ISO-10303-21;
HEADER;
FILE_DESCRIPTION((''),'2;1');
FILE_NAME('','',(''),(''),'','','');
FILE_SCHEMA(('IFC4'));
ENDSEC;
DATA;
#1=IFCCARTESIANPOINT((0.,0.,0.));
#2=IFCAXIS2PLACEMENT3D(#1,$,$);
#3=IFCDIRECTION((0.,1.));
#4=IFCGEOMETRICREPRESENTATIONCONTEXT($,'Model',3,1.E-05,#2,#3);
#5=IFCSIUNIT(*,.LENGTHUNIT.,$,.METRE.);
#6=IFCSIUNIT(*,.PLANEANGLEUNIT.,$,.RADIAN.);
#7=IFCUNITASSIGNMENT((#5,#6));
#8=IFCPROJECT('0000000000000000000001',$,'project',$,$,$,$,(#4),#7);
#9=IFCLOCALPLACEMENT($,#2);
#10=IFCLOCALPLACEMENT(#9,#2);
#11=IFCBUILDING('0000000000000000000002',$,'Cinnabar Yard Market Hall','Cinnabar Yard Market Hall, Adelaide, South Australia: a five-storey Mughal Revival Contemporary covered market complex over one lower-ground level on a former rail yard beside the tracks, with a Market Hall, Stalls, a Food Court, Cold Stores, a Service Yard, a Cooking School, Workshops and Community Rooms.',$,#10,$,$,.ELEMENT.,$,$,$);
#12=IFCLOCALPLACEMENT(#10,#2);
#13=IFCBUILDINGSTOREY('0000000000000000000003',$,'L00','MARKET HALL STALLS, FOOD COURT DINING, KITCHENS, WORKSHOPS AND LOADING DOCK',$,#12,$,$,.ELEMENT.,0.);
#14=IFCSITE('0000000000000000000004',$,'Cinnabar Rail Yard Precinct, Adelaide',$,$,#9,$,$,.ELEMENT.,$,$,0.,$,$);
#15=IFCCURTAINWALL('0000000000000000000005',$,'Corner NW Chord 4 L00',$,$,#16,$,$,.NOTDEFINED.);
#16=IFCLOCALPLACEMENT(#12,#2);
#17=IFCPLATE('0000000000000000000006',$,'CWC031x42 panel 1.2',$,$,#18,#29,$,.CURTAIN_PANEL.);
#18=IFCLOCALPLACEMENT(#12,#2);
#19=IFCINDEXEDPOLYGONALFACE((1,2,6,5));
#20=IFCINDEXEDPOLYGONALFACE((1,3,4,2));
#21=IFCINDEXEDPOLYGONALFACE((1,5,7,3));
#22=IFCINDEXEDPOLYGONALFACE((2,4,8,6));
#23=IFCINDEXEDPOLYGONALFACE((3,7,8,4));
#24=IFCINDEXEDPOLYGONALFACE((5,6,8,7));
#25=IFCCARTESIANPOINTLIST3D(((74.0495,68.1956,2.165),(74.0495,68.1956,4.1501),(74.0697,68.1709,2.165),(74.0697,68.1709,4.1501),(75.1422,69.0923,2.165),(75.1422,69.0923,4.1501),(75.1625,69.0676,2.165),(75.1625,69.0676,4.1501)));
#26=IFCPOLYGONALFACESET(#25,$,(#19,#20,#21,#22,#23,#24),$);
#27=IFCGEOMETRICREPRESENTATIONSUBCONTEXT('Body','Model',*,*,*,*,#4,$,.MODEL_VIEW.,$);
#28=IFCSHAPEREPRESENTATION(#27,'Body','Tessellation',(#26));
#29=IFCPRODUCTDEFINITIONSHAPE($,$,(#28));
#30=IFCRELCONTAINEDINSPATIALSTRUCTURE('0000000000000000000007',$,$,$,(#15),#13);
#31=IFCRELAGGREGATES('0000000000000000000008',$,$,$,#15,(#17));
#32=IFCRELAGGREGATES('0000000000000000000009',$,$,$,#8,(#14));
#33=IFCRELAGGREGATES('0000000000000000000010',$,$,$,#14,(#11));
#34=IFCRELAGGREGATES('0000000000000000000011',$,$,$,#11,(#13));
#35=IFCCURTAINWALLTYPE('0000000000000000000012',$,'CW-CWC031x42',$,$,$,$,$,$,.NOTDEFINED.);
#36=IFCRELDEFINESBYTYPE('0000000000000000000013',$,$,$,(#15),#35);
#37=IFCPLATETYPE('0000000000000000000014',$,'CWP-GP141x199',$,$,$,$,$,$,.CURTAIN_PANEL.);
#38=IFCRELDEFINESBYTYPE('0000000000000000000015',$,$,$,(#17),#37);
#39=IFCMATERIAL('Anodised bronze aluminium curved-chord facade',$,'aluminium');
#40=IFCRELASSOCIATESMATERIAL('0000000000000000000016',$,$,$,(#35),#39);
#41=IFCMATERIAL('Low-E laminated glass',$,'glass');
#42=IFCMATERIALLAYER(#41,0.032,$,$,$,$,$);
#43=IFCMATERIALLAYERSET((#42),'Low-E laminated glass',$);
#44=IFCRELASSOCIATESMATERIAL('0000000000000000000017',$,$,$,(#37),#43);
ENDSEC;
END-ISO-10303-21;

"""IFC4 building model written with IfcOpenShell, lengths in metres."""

from ifc_helpers import new_model, si_unit, direction, frame, origin, origin_2d_with_axis, place, context, subcontext, project, spatial, rectangle, extrude, material, layer, layer_set, type_object, element, aggregate, save


model = new_model("IFC4")

# Units and contexts
model_context = context("Model", 3, precision=1e-05, world=origin(), true_north=direction((0.0, 1.0)))
body_context = subcontext(model_context, "Body", "Model", "MODEL_VIEW")
ifc_project = project(units=[si_unit("LENGTHUNIT", "METRE"), si_unit("PLANEANGLEUNIT", "RADIAN")], contexts=[model_context])

# Site, building, storey
site_placement = place(None, origin())
site = spatial("IfcSite", under=ifc_project, at=site_placement, Name="Cinnabar Rail Yard Precinct, Adelaide", CompositionType="ELEMENT", RefElevation=0.0)
building_placement = place(site_placement, origin())
building = spatial("IfcBuilding", under=site, at=building_placement, Name="Cinnabar Yard Market Hall", Description="Cinnabar Yard Market Hall, Adelaide, South Australia: a five-storey Mughal Revival Contemporary covered market complex over one lower-ground level on a former rail yard beside the tracks, with a Market Hall, Stalls, a Food Court, Cold Stores, a Service Yard, a Cooking School, Workshops and Community Rooms.", CompositionType="ELEMENT")
storey_placement = place(building_placement, origin())
storey = spatial("IfcBuildingStorey", under=building, at=storey_placement, Name="L00", Description="MARKET HALL STALLS, FOOD COURT DINING, KITCHENS, WORKSHOPS AND LOADING DOCK", CompositionType="ELEMENT", Elevation=0.0)

# Shared definitions
ifc_material_1 = material(Name="Anodised bronze aluminium curved-chord facade", Category="aluminium")
curtain_wall_type = type_object("IfcCurtainWallType", Name="CW-CWC031x42", PredefinedType="NOTDEFINED", material=ifc_material_1)

# Curtain wall
curtain_wall_1_placement = place(storey_placement, origin())
curtain_wall_1 = element("IfcCurtainWall", 1, at=curtain_wall_1_placement, inside=storey, type_object=curtain_wall_type, Name="Corner NW Chord 4 L00", PredefinedType="NOTDEFINED")

# Plate
ifc_material_2 = material(Name="Low-E laminated glass", Category="glass")
ifc_layer = layer(ifc_material_2, 0.032)
ifc_layer_set = layer_set([ifc_layer], Name="Low-E laminated glass")
plate_type = type_object("IfcPlateType", Name="CWP-GP141x199", PredefinedType="CURTAIN_PANEL", material=ifc_layer_set)
plate_1_placement = place(storey_placement, frame((74.606, 68.6316, 2.165), z_axis=(0.0, 0.0, 1.0), x_axis=(-0.773019, -0.634383, 0.0)))
plate_1 = element("IfcPlate", 2, at=plate_1_placement, type_object=plate_type, Name="CWC031x42 panel 1.2", PredefinedType="CURTAIN_PANEL", context=body_context, shape_type="SweptSolid", body=[
    extrude(rectangle(XDim=1.4136, YDim=0.032, at=origin_2d_with_axis()), origin(), (0.0, 0.0, 1.0), 1.9851),
])
aggregate(curtain_wall_1, [plate_1])

save(model, "model.ifc")
